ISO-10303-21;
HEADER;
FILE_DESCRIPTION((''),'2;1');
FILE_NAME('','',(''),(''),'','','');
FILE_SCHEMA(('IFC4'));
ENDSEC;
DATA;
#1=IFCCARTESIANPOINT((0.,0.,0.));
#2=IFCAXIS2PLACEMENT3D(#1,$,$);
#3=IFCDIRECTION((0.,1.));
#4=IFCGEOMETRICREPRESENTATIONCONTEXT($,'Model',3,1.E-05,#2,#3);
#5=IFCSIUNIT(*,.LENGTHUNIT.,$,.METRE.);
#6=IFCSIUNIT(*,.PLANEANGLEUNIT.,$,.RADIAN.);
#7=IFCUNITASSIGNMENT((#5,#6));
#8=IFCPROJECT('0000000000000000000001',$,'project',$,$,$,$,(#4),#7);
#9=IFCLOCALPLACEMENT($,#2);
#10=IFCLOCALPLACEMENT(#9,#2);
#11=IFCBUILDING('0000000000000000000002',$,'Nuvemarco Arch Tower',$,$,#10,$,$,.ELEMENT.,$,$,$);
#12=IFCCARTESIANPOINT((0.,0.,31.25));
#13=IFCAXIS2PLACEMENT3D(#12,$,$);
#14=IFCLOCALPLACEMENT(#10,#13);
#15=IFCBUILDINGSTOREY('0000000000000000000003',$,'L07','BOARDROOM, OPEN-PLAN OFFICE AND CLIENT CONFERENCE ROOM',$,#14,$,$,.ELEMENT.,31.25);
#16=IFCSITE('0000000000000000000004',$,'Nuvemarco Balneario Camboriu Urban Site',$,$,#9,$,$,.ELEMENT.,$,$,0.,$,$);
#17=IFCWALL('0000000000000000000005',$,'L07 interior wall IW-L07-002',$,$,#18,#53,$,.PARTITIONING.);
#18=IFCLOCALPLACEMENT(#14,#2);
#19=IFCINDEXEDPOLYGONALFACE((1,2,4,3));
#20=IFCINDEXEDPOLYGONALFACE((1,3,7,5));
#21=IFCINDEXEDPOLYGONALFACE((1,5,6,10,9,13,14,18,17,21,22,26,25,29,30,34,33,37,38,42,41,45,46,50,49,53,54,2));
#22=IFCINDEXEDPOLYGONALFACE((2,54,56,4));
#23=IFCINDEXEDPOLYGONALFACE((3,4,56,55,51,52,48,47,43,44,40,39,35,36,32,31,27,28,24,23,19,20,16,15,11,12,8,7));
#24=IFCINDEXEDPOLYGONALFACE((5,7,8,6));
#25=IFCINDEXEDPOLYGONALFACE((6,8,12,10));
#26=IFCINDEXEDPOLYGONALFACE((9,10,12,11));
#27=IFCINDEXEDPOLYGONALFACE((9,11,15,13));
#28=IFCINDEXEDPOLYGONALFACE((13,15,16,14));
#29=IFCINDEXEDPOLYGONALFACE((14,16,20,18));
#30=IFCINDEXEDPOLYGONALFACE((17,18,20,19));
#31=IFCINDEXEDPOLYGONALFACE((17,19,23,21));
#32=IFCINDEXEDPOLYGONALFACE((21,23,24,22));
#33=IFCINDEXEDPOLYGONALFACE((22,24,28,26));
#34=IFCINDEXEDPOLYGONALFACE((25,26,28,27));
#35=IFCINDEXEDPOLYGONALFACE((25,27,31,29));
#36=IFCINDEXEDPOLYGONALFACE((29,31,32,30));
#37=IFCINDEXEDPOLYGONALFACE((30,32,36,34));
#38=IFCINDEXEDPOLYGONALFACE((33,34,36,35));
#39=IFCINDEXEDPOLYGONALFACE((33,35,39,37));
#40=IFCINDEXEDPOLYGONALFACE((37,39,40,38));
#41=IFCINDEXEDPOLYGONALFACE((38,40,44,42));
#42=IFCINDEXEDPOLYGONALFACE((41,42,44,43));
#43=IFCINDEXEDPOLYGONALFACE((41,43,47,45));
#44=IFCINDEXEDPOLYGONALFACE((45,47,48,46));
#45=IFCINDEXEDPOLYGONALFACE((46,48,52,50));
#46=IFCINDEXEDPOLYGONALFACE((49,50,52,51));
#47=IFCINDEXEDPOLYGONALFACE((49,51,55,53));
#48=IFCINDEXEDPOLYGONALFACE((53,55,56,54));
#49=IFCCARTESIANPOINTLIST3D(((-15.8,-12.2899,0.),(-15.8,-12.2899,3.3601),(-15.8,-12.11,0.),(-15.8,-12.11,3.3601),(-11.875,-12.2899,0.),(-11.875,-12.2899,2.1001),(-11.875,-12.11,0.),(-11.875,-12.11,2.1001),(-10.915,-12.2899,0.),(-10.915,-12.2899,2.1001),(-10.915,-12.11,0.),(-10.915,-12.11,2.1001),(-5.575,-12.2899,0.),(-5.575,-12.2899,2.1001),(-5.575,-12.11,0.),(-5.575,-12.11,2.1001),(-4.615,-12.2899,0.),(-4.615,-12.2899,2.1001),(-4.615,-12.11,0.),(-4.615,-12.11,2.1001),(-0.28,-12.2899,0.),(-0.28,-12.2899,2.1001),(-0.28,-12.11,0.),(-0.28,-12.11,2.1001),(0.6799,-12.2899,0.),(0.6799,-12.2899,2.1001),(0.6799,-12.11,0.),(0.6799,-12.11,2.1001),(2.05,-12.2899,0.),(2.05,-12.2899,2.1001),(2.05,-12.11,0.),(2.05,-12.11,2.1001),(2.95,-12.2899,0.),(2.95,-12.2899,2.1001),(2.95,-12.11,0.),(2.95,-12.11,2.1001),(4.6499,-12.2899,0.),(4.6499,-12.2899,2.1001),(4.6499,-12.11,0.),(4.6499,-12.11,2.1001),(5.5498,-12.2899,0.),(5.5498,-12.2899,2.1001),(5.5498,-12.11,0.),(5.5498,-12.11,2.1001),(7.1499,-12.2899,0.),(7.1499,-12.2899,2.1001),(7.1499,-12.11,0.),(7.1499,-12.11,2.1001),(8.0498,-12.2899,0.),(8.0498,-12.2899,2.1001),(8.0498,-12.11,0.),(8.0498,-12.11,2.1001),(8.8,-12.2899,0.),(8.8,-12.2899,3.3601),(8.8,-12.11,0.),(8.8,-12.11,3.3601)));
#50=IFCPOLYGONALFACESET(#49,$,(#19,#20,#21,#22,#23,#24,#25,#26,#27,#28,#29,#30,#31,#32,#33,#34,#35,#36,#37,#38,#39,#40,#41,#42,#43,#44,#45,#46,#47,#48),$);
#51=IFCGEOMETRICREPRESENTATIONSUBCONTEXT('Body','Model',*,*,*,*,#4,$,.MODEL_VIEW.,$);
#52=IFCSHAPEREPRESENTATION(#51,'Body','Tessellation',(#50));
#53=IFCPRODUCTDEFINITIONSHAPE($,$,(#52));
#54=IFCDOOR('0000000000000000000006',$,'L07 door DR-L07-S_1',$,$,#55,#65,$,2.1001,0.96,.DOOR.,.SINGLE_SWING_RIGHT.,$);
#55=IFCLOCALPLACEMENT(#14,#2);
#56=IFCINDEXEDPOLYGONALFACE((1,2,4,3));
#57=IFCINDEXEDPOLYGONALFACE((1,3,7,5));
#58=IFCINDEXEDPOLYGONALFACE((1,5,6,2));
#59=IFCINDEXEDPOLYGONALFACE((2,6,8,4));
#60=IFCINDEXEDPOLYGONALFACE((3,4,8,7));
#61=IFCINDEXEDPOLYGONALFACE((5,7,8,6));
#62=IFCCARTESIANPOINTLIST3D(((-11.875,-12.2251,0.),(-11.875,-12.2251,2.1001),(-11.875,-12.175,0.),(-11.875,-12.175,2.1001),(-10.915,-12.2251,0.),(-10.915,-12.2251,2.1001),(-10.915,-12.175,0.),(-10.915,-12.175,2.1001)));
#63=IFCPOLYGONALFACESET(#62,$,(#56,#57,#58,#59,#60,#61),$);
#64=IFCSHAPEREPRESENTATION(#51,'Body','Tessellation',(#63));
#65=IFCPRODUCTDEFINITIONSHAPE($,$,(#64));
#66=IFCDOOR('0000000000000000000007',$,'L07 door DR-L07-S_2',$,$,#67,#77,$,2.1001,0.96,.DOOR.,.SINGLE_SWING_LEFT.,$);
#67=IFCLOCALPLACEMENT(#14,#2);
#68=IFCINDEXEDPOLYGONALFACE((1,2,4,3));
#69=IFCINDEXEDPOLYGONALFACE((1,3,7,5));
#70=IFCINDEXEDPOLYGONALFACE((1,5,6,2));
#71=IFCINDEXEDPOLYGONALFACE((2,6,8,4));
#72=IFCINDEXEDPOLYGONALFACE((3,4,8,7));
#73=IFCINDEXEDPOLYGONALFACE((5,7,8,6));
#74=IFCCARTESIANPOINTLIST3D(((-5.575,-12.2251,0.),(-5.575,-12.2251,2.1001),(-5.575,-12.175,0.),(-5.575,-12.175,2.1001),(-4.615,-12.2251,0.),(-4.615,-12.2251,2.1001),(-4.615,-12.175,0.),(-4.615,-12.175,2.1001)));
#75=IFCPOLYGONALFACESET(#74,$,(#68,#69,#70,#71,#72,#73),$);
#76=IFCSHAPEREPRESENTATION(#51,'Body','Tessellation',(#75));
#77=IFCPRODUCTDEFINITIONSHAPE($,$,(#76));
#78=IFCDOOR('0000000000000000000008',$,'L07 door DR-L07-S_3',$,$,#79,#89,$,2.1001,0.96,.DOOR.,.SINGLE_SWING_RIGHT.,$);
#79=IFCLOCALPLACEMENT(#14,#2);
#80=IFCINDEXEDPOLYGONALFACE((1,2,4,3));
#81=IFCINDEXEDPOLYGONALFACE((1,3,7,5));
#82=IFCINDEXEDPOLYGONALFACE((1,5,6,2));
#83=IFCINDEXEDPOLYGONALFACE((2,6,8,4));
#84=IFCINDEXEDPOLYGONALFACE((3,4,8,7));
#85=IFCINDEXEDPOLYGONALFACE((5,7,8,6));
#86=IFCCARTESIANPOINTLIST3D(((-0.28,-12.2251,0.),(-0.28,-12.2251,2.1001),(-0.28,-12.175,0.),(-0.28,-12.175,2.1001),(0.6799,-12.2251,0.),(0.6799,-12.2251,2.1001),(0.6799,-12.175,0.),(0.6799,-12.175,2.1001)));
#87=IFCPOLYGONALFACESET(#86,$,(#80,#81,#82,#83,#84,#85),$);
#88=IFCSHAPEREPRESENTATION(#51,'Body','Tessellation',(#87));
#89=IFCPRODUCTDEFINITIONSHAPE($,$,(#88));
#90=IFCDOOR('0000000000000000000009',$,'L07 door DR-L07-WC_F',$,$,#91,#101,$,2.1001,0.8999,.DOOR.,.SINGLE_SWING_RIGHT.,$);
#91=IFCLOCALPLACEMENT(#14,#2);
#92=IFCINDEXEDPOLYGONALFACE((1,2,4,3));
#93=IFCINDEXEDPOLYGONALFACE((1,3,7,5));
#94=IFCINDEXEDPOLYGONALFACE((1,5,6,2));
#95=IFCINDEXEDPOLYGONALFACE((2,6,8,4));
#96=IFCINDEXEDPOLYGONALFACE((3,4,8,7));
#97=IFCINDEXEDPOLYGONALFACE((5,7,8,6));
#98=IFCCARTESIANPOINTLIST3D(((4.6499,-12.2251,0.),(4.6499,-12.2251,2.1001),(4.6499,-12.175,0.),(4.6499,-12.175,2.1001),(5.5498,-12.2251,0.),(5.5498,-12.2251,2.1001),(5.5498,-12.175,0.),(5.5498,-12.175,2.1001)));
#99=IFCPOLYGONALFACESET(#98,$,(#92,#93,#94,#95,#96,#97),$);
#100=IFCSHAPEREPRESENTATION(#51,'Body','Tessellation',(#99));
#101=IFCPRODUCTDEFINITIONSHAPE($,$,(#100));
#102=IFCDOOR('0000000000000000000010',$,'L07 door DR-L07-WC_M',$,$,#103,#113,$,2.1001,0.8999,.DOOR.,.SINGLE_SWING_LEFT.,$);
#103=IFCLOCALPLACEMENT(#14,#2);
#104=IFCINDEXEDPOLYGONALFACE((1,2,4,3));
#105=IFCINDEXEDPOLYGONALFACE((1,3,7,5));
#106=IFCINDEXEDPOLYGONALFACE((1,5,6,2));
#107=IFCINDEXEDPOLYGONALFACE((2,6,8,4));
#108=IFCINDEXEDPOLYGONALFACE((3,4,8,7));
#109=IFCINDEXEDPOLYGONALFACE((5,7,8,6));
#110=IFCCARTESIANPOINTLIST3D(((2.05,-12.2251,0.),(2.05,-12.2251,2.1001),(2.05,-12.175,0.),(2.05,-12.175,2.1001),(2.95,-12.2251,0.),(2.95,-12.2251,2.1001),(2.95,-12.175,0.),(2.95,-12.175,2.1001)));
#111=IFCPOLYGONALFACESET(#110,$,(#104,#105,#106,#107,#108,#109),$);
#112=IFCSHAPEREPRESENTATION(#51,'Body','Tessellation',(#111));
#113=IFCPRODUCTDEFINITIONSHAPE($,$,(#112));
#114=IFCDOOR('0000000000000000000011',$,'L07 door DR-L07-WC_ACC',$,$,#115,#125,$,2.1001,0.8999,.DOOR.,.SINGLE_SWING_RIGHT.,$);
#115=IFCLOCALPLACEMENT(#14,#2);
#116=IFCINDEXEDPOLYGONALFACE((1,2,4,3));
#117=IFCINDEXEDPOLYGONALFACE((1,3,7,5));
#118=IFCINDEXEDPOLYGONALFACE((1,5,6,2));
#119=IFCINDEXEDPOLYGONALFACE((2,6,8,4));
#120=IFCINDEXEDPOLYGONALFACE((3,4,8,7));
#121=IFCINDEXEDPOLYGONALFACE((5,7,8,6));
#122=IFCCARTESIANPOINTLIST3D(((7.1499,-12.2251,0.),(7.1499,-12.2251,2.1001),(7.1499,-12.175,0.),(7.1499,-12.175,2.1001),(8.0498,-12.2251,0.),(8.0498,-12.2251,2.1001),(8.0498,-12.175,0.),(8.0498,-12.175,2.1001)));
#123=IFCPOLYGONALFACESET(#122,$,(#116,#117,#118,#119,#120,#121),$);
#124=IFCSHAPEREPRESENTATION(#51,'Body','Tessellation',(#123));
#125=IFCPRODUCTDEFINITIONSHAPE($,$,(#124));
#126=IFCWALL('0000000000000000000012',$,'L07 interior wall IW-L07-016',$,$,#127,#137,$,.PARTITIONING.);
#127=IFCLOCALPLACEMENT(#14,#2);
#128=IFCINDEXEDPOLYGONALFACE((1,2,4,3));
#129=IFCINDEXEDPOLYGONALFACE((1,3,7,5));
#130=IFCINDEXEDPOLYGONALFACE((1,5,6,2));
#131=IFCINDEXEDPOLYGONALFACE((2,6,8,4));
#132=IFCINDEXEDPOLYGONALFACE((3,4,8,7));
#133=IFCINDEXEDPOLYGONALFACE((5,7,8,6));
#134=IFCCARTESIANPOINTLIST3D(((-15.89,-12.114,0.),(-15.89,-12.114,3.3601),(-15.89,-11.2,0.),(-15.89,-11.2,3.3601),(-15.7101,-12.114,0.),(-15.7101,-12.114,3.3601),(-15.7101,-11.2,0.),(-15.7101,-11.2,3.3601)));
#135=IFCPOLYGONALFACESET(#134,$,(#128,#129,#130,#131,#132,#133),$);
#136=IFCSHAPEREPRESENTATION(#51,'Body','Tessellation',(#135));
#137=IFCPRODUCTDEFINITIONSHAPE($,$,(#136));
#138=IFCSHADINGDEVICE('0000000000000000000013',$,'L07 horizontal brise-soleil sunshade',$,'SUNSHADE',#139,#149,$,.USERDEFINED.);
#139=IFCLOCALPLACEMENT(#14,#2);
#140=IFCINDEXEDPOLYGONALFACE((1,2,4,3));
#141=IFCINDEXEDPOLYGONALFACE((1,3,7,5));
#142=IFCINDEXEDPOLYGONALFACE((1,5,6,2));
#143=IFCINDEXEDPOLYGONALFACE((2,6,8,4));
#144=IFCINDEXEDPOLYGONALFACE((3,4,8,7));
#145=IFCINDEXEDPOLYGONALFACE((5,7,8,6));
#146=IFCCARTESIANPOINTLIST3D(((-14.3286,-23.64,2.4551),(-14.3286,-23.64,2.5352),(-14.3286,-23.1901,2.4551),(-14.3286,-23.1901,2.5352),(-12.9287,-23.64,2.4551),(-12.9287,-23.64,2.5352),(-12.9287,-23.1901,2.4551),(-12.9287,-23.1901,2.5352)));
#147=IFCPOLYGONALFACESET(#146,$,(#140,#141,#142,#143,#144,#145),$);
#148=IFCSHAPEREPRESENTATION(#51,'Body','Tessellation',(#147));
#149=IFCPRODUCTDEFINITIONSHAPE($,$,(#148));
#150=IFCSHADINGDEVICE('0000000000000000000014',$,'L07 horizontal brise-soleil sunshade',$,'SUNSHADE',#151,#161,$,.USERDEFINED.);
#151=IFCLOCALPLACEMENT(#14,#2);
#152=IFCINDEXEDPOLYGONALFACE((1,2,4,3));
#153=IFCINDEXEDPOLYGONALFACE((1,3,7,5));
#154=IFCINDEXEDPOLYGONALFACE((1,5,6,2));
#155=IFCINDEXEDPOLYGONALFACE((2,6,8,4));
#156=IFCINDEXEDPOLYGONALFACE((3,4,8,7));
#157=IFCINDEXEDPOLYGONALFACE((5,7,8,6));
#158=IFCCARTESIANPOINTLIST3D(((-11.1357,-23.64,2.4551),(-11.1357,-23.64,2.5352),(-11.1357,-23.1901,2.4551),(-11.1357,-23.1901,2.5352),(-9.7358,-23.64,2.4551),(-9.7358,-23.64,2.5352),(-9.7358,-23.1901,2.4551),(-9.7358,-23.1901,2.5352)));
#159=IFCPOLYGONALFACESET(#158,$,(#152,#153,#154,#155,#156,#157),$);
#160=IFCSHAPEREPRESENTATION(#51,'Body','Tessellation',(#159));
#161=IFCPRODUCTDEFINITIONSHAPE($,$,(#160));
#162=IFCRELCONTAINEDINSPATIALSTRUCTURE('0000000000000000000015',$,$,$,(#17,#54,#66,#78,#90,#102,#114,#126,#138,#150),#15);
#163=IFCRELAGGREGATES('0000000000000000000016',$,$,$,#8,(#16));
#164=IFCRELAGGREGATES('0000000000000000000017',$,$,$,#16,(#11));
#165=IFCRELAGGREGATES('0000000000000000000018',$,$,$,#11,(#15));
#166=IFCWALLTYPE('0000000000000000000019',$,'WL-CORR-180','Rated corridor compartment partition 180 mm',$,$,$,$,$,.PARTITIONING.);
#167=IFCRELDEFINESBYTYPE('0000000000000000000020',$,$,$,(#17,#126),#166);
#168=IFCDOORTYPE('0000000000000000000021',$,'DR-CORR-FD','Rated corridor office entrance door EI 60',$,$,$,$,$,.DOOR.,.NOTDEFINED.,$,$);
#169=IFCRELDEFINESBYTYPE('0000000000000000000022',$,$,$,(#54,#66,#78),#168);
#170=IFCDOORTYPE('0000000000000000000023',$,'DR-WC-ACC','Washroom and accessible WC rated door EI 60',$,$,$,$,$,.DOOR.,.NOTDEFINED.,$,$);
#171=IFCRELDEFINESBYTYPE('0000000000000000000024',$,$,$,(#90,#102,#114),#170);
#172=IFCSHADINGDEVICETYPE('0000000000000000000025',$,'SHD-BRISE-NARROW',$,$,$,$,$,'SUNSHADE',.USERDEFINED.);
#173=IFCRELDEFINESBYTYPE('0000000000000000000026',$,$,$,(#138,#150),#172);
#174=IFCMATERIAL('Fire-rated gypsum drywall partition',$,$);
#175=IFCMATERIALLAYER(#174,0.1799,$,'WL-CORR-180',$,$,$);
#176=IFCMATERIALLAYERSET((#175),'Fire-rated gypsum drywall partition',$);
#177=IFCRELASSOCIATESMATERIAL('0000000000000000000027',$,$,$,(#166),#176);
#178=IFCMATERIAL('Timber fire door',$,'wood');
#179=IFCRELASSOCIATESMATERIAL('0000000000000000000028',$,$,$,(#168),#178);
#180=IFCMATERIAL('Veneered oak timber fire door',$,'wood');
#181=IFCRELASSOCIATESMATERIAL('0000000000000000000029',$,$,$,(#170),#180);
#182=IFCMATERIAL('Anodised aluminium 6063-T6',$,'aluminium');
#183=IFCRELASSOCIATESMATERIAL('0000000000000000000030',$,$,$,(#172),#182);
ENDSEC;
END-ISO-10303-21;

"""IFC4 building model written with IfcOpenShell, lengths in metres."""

from ifc_helpers import new_model, si_unit, direction, frame, frame_2d, origin, origin_2d, place, context, subcontext, project, spatial, rectangle, extrude, source, transform, mapped, material, layer, layer_set, type_object, type_shapes, element, fill, save


model = new_model("IFC4")

# Units and contexts
model_context = context("Model", 3, precision=1e-05, world=origin(), true_north=direction((0.0, 1.0)))
body_context = subcontext(model_context, "Body", "Model", "MODEL_VIEW")
ifc_project = project(units=[si_unit("LENGTHUNIT", "METRE"), si_unit("PLANEANGLEUNIT", "RADIAN")], contexts=[model_context])

# Site, building, storey
site_placement = place(None, origin())
site = spatial("IfcSite", under=ifc_project, at=site_placement, Name="Nuvemarco Balneario Camboriu Urban Site", CompositionType="ELEMENT", RefElevation=0.0)
building_placement = place(site_placement, origin())
building = spatial("IfcBuilding", under=site, at=building_placement, Name="Nuvemarco Arch Tower", CompositionType="ELEMENT")
storey_placement = place(building_placement, frame((0.0, 0.0, 31.25)))
storey = spatial("IfcBuildingStorey", under=building, at=storey_placement, Name="L07", Description="BOARDROOM, OPEN-PLAN OFFICE AND CLIENT CONFERENCE ROOM", CompositionType="ELEMENT", Elevation=31.25)

# Wall, openings, doors
ifc_material_1 = material(Name="Fire-rated gypsum drywall partition")
ifc_layer_1 = layer(ifc_material_1, 0.1799, Name="WL-CORR-180")
ifc_layer_set_1 = layer_set([ifc_layer_1], Name="Fire-rated gypsum drywall partition")
wall_type_1 = type_object("IfcWallType", Name="WL-CORR-180", Description="Rated corridor compartment partition 180 mm", PredefinedType="PARTITIONING", material=ifc_layer_set_1)
wall_1_placement = place(storey_placement, frame((-15.8, -12.2, 0.0), z_axis=(0.0, 0.0, 1.0), x_axis=(1.0, 0.0, 0.0)))
wall_1 = element("IfcWall", 1, at=wall_1_placement, inside=storey, type_object=wall_type_1, Name="L07 interior wall IW-L07-002", PredefinedType="PARTITIONING", context=body_context, shape_type="SweptSolid", body=[
    extrude(rectangle(XDim=24.6001, YDim=0.1799, at=frame_2d((12.3, 0.0))), origin(), (0.0, 0.0, 1.0), 3.3601),
])
opening_1_placement = place(wall_1_placement, frame((3.925, 0.0, 0.0)))
opening_1 = element("IfcOpeningElement", 2, at=opening_1_placement, cuts=wall_1, PredefinedType="OPENING", context=body_context, shape_type="SweptSolid", body=[
    extrude(rectangle(XDim=0.96, YDim=2.1001, at=frame_2d((0.48, 1.05))), frame((0.0, 0.0999, 0.0), z_axis=(0.0, -1.0, 0.0), x_axis=(1.0, 0.0, 0.0)), (0.0, 0.0, 1.0), 0.2),
])
opening_2_placement = place(wall_1_placement, frame((10.2251, 0.0, 0.0)))
opening_2 = element("IfcOpeningElement", 3, at=opening_2_placement, cuts=wall_1, PredefinedType="OPENING", context=body_context, shape_type="SweptSolid", body=[
    extrude(rectangle(XDim=0.96, YDim=2.1001, at=frame_2d((0.48, 1.05))), frame((0.0, 0.0999, 0.0), z_axis=(0.0, -1.0, 0.0), x_axis=(1.0, 0.0, 0.0)), (0.0, 0.0, 1.0), 0.2),
])
opening_3_placement = place(wall_1_placement, frame((20.45, 0.0, 0.0)))
opening_3 = element("IfcOpeningElement", 4, at=opening_3_placement, cuts=wall_1, PredefinedType="OPENING", context=body_context, shape_type="SweptSolid", body=[
    extrude(rectangle(XDim=0.8999, YDim=2.1001, at=frame_2d((0.45, 1.05))), frame((0.0, 0.0999, 0.0), z_axis=(0.0, -1.0, 0.0), x_axis=(1.0, 0.0, 0.0)), (0.0, 0.0, 1.0), 0.2),
])
opening_4_placement = place(wall_1_placement, frame((17.8501, 0.0, 0.0)))
opening_4 = element("IfcOpeningElement", 5, at=opening_4_placement, cuts=wall_1, PredefinedType="OPENING", context=body_context, shape_type="SweptSolid", body=[
    extrude(rectangle(XDim=0.8999, YDim=2.1001, at=frame_2d((0.45, 1.05))), frame((0.0, 0.0999, 0.0), z_axis=(0.0, -1.0, 0.0), x_axis=(1.0, 0.0, 0.0)), (0.0, 0.0, 1.0), 0.2),
])
opening_5_placement = place(wall_1_placement, frame((22.95, 0.0, 0.0)))
opening_5 = element("IfcOpeningElement", 6, at=opening_5_placement, cuts=wall_1, PredefinedType="OPENING", context=body_context, shape_type="SweptSolid", body=[
    extrude(rectangle(XDim=0.8999, YDim=2.1001, at=frame_2d((0.45, 1.05))), frame((0.0, 0.0999, 0.0), z_axis=(0.0, -1.0, 0.0), x_axis=(1.0, 0.0, 0.0)), (0.0, 0.0, 1.0), 0.2),
])
opening_6_placement = place(wall_1_placement, frame((15.52, 0.0, 0.0)))
opening_6 = element("IfcOpeningElement", 7, at=opening_6_placement, cuts=wall_1, PredefinedType="OPENING", context=body_context, shape_type="SweptSolid", body=[
    extrude(rectangle(XDim=0.96, YDim=2.1001, at=frame_2d((0.48, 1.05))), frame((0.0, 0.0999, 0.0), z_axis=(0.0, -1.0, 0.0), x_axis=(1.0, 0.0, 0.0)), (0.0, 0.0, 1.0), 0.2),
])
ifc_material_2 = material(Name="Timber fire door", Category="wood")
door_type_1 = type_object("IfcDoorType", Name="DR-CORR-FD", Description="Rated corridor office entrance door EI 60", OperationType="NOTDEFINED", PredefinedType="DOOR", material=ifc_material_2)
shared_shape_1 = source(origin(), body_context, "Body", "SweptSolid", [
    extrude(rectangle(XDim=0.96, YDim=2.1001, at=frame_2d((0.48, 1.05))), frame((0.0, 0.0249, 0.0), z_axis=(0.0, -1.0, 0.0), x_axis=(1.0, 0.0, 0.0)), (0.0, 0.0, 1.0), 0.05),
])
type_shapes(door_type_1, [shared_shape_1])
door_1_placement = place(opening_1_placement, origin())
door_1 = element("IfcDoor", 8, at=door_1_placement, inside=storey, type_object=door_type_1, Name="L07 door DR-L07-S_1", OperationType="SINGLE_SWING_RIGHT", OverallHeight=2.1001, OverallWidth=0.96, PredefinedType="DOOR", context=body_context, shape_type="MappedRepresentation", body=[
    mapped(shared_shape_1, transform((0.0, 0.0, 0.0), scale=1.0)),
])
fill(opening_1, door_1)
door_2_placement = place(opening_2_placement, origin())
door_2 = element("IfcDoor", 9, at=door_2_placement, inside=storey, type_object=door_type_1, Name="L07 door DR-L07-S_2", OperationType="SINGLE_SWING_LEFT", OverallHeight=2.1001, OverallWidth=0.96, PredefinedType="DOOR", context=body_context, shape_type="MappedRepresentation", body=[
    mapped(shared_shape_1, transform((0.0, 0.0, 0.0), scale=1.0)),
])
fill(opening_2, door_2)
door_3_placement = place(opening_6_placement, origin())
door_3 = element("IfcDoor", 10, at=door_3_placement, inside=storey, type_object=door_type_1, Name="L07 door DR-L07-S_3", OperationType="SINGLE_SWING_RIGHT", OverallHeight=2.1001, OverallWidth=0.96, PredefinedType="DOOR", context=body_context, shape_type="MappedRepresentation", body=[
    mapped(shared_shape_1, transform((0.0, 0.0, 0.0), scale=1.0)),
])
fill(opening_6, door_3)
ifc_material_3 = material(Name="Veneered oak timber fire door", Category="wood")
door_type_2 = type_object("IfcDoorType", Name="DR-WC-ACC", Description="Washroom and accessible WC rated door EI 60", OperationType="NOTDEFINED", PredefinedType="DOOR", material=ifc_material_3)
shared_shape_2 = source(origin(), body_context, "Body", "SweptSolid", [
    extrude(rectangle(XDim=0.8999, YDim=2.1001, at=frame_2d((0.45, 1.05))), frame((0.0, 0.0249, 0.0), z_axis=(0.0, -1.0, 0.0), x_axis=(1.0, 0.0, 0.0)), (0.0, 0.0, 1.0), 0.05),
])
type_shapes(door_type_2, [shared_shape_2])
door_4_placement = place(opening_3_placement, origin())
door_4 = element("IfcDoor", 11, at=door_4_placement, inside=storey, type_object=door_type_2, Name="L07 door DR-L07-WC_F", OperationType="SINGLE_SWING_RIGHT", OverallHeight=2.1001, OverallWidth=0.8999, PredefinedType="DOOR", context=body_context, shape_type="MappedRepresentation", body=[
    mapped(shared_shape_2, transform((0.0, 0.0, 0.0), scale=1.0)),
])
fill(opening_3, door_4)
door_5_placement = place(opening_4_placement, origin())
door_5 = element("IfcDoor", 12, at=door_5_placement, inside=storey, type_object=door_type_2, Name="L07 door DR-L07-WC_M", OperationType="SINGLE_SWING_LEFT", OverallHeight=2.1001, OverallWidth=0.8999, PredefinedType="DOOR", context=body_context, shape_type="MappedRepresentation", body=[
    mapped(shared_shape_2, transform((0.0, 0.0, 0.0), scale=1.0)),
])
fill(opening_4, door_5)
door_6_placement = place(opening_5_placement, origin())
door_6 = element("IfcDoor", 13, at=door_6_placement, inside=storey, type_object=door_type_2, Name="L07 door DR-L07-WC_ACC", OperationType="SINGLE_SWING_RIGHT", OverallHeight=2.1001, OverallWidth=0.8999, PredefinedType="DOOR", context=body_context, shape_type="MappedRepresentation", body=[
    mapped(shared_shape_2, transform((0.0, 0.0, 0.0), scale=1.0)),
])
fill(opening_5, door_6)

# Wall
wall_2_placement = place(storey_placement, frame((-15.8, -12.114, 0.0), z_axis=(0.0, 0.0, 1.0), x_axis=(0.0, 1.0, 0.0)))
element("IfcWall", 14, at=wall_2_placement, inside=storey, type_object=wall_type_1, Name="L07 interior wall IW-L07-016", PredefinedType="PARTITIONING", context=body_context, shape_type="SweptSolid", body=[
    extrude(rectangle(XDim=0.9141, YDim=0.1799, at=frame_2d((0.457, 0.0))), origin(), (0.0, 0.0, 1.0), 3.3601),
])

# Shading devices
ifc_material_4 = material(Name="Anodised aluminium 6063-T6", Category="aluminium")
shading_device_type = type_object("IfcShadingDeviceType", Name="SHD-BRISE-NARROW", ElementType="SUNSHADE", PredefinedType="USERDEFINED", material=ifc_material_4)
shared_shape_3 = source(origin(), body_context, "Body", "SweptSolid", [
    extrude(rectangle(XDim=1.3999, YDim=0.45, at=origin_2d()), origin(), (0.0, 0.0, 1.0), 0.0801),
])
type_shapes(shading_device_type, [shared_shape_3])
for number, where, z_axis, x_axis, name in (
    (15, (-13.6287, -23.415, 2.4551), (0.0, 0.0, 1.0), (1.0, 0.0, 0.0), "L07 horizontal brise-soleil sunshade"),
    (16, (-10.4358, -23.415, 2.4551), (0.0, 0.0, 1.0), (1.0, 0.0, 0.0), "L07 horizontal brise-soleil sunshade"),
):
    element("IfcShadingDevice", number, at=place(storey_placement, frame(where, z_axis=z_axis, x_axis=x_axis)), inside=storey, type_object=shading_device_type, Name=name, ObjectType="SUNSHADE", PredefinedType="USERDEFINED", context=body_context, shape_type="MappedRepresentation", body=[
        mapped(shared_shape_3, transform((0.0, 0.0, 0.0), scale=1.0)),
    ])

save(model, "model.ifc")
